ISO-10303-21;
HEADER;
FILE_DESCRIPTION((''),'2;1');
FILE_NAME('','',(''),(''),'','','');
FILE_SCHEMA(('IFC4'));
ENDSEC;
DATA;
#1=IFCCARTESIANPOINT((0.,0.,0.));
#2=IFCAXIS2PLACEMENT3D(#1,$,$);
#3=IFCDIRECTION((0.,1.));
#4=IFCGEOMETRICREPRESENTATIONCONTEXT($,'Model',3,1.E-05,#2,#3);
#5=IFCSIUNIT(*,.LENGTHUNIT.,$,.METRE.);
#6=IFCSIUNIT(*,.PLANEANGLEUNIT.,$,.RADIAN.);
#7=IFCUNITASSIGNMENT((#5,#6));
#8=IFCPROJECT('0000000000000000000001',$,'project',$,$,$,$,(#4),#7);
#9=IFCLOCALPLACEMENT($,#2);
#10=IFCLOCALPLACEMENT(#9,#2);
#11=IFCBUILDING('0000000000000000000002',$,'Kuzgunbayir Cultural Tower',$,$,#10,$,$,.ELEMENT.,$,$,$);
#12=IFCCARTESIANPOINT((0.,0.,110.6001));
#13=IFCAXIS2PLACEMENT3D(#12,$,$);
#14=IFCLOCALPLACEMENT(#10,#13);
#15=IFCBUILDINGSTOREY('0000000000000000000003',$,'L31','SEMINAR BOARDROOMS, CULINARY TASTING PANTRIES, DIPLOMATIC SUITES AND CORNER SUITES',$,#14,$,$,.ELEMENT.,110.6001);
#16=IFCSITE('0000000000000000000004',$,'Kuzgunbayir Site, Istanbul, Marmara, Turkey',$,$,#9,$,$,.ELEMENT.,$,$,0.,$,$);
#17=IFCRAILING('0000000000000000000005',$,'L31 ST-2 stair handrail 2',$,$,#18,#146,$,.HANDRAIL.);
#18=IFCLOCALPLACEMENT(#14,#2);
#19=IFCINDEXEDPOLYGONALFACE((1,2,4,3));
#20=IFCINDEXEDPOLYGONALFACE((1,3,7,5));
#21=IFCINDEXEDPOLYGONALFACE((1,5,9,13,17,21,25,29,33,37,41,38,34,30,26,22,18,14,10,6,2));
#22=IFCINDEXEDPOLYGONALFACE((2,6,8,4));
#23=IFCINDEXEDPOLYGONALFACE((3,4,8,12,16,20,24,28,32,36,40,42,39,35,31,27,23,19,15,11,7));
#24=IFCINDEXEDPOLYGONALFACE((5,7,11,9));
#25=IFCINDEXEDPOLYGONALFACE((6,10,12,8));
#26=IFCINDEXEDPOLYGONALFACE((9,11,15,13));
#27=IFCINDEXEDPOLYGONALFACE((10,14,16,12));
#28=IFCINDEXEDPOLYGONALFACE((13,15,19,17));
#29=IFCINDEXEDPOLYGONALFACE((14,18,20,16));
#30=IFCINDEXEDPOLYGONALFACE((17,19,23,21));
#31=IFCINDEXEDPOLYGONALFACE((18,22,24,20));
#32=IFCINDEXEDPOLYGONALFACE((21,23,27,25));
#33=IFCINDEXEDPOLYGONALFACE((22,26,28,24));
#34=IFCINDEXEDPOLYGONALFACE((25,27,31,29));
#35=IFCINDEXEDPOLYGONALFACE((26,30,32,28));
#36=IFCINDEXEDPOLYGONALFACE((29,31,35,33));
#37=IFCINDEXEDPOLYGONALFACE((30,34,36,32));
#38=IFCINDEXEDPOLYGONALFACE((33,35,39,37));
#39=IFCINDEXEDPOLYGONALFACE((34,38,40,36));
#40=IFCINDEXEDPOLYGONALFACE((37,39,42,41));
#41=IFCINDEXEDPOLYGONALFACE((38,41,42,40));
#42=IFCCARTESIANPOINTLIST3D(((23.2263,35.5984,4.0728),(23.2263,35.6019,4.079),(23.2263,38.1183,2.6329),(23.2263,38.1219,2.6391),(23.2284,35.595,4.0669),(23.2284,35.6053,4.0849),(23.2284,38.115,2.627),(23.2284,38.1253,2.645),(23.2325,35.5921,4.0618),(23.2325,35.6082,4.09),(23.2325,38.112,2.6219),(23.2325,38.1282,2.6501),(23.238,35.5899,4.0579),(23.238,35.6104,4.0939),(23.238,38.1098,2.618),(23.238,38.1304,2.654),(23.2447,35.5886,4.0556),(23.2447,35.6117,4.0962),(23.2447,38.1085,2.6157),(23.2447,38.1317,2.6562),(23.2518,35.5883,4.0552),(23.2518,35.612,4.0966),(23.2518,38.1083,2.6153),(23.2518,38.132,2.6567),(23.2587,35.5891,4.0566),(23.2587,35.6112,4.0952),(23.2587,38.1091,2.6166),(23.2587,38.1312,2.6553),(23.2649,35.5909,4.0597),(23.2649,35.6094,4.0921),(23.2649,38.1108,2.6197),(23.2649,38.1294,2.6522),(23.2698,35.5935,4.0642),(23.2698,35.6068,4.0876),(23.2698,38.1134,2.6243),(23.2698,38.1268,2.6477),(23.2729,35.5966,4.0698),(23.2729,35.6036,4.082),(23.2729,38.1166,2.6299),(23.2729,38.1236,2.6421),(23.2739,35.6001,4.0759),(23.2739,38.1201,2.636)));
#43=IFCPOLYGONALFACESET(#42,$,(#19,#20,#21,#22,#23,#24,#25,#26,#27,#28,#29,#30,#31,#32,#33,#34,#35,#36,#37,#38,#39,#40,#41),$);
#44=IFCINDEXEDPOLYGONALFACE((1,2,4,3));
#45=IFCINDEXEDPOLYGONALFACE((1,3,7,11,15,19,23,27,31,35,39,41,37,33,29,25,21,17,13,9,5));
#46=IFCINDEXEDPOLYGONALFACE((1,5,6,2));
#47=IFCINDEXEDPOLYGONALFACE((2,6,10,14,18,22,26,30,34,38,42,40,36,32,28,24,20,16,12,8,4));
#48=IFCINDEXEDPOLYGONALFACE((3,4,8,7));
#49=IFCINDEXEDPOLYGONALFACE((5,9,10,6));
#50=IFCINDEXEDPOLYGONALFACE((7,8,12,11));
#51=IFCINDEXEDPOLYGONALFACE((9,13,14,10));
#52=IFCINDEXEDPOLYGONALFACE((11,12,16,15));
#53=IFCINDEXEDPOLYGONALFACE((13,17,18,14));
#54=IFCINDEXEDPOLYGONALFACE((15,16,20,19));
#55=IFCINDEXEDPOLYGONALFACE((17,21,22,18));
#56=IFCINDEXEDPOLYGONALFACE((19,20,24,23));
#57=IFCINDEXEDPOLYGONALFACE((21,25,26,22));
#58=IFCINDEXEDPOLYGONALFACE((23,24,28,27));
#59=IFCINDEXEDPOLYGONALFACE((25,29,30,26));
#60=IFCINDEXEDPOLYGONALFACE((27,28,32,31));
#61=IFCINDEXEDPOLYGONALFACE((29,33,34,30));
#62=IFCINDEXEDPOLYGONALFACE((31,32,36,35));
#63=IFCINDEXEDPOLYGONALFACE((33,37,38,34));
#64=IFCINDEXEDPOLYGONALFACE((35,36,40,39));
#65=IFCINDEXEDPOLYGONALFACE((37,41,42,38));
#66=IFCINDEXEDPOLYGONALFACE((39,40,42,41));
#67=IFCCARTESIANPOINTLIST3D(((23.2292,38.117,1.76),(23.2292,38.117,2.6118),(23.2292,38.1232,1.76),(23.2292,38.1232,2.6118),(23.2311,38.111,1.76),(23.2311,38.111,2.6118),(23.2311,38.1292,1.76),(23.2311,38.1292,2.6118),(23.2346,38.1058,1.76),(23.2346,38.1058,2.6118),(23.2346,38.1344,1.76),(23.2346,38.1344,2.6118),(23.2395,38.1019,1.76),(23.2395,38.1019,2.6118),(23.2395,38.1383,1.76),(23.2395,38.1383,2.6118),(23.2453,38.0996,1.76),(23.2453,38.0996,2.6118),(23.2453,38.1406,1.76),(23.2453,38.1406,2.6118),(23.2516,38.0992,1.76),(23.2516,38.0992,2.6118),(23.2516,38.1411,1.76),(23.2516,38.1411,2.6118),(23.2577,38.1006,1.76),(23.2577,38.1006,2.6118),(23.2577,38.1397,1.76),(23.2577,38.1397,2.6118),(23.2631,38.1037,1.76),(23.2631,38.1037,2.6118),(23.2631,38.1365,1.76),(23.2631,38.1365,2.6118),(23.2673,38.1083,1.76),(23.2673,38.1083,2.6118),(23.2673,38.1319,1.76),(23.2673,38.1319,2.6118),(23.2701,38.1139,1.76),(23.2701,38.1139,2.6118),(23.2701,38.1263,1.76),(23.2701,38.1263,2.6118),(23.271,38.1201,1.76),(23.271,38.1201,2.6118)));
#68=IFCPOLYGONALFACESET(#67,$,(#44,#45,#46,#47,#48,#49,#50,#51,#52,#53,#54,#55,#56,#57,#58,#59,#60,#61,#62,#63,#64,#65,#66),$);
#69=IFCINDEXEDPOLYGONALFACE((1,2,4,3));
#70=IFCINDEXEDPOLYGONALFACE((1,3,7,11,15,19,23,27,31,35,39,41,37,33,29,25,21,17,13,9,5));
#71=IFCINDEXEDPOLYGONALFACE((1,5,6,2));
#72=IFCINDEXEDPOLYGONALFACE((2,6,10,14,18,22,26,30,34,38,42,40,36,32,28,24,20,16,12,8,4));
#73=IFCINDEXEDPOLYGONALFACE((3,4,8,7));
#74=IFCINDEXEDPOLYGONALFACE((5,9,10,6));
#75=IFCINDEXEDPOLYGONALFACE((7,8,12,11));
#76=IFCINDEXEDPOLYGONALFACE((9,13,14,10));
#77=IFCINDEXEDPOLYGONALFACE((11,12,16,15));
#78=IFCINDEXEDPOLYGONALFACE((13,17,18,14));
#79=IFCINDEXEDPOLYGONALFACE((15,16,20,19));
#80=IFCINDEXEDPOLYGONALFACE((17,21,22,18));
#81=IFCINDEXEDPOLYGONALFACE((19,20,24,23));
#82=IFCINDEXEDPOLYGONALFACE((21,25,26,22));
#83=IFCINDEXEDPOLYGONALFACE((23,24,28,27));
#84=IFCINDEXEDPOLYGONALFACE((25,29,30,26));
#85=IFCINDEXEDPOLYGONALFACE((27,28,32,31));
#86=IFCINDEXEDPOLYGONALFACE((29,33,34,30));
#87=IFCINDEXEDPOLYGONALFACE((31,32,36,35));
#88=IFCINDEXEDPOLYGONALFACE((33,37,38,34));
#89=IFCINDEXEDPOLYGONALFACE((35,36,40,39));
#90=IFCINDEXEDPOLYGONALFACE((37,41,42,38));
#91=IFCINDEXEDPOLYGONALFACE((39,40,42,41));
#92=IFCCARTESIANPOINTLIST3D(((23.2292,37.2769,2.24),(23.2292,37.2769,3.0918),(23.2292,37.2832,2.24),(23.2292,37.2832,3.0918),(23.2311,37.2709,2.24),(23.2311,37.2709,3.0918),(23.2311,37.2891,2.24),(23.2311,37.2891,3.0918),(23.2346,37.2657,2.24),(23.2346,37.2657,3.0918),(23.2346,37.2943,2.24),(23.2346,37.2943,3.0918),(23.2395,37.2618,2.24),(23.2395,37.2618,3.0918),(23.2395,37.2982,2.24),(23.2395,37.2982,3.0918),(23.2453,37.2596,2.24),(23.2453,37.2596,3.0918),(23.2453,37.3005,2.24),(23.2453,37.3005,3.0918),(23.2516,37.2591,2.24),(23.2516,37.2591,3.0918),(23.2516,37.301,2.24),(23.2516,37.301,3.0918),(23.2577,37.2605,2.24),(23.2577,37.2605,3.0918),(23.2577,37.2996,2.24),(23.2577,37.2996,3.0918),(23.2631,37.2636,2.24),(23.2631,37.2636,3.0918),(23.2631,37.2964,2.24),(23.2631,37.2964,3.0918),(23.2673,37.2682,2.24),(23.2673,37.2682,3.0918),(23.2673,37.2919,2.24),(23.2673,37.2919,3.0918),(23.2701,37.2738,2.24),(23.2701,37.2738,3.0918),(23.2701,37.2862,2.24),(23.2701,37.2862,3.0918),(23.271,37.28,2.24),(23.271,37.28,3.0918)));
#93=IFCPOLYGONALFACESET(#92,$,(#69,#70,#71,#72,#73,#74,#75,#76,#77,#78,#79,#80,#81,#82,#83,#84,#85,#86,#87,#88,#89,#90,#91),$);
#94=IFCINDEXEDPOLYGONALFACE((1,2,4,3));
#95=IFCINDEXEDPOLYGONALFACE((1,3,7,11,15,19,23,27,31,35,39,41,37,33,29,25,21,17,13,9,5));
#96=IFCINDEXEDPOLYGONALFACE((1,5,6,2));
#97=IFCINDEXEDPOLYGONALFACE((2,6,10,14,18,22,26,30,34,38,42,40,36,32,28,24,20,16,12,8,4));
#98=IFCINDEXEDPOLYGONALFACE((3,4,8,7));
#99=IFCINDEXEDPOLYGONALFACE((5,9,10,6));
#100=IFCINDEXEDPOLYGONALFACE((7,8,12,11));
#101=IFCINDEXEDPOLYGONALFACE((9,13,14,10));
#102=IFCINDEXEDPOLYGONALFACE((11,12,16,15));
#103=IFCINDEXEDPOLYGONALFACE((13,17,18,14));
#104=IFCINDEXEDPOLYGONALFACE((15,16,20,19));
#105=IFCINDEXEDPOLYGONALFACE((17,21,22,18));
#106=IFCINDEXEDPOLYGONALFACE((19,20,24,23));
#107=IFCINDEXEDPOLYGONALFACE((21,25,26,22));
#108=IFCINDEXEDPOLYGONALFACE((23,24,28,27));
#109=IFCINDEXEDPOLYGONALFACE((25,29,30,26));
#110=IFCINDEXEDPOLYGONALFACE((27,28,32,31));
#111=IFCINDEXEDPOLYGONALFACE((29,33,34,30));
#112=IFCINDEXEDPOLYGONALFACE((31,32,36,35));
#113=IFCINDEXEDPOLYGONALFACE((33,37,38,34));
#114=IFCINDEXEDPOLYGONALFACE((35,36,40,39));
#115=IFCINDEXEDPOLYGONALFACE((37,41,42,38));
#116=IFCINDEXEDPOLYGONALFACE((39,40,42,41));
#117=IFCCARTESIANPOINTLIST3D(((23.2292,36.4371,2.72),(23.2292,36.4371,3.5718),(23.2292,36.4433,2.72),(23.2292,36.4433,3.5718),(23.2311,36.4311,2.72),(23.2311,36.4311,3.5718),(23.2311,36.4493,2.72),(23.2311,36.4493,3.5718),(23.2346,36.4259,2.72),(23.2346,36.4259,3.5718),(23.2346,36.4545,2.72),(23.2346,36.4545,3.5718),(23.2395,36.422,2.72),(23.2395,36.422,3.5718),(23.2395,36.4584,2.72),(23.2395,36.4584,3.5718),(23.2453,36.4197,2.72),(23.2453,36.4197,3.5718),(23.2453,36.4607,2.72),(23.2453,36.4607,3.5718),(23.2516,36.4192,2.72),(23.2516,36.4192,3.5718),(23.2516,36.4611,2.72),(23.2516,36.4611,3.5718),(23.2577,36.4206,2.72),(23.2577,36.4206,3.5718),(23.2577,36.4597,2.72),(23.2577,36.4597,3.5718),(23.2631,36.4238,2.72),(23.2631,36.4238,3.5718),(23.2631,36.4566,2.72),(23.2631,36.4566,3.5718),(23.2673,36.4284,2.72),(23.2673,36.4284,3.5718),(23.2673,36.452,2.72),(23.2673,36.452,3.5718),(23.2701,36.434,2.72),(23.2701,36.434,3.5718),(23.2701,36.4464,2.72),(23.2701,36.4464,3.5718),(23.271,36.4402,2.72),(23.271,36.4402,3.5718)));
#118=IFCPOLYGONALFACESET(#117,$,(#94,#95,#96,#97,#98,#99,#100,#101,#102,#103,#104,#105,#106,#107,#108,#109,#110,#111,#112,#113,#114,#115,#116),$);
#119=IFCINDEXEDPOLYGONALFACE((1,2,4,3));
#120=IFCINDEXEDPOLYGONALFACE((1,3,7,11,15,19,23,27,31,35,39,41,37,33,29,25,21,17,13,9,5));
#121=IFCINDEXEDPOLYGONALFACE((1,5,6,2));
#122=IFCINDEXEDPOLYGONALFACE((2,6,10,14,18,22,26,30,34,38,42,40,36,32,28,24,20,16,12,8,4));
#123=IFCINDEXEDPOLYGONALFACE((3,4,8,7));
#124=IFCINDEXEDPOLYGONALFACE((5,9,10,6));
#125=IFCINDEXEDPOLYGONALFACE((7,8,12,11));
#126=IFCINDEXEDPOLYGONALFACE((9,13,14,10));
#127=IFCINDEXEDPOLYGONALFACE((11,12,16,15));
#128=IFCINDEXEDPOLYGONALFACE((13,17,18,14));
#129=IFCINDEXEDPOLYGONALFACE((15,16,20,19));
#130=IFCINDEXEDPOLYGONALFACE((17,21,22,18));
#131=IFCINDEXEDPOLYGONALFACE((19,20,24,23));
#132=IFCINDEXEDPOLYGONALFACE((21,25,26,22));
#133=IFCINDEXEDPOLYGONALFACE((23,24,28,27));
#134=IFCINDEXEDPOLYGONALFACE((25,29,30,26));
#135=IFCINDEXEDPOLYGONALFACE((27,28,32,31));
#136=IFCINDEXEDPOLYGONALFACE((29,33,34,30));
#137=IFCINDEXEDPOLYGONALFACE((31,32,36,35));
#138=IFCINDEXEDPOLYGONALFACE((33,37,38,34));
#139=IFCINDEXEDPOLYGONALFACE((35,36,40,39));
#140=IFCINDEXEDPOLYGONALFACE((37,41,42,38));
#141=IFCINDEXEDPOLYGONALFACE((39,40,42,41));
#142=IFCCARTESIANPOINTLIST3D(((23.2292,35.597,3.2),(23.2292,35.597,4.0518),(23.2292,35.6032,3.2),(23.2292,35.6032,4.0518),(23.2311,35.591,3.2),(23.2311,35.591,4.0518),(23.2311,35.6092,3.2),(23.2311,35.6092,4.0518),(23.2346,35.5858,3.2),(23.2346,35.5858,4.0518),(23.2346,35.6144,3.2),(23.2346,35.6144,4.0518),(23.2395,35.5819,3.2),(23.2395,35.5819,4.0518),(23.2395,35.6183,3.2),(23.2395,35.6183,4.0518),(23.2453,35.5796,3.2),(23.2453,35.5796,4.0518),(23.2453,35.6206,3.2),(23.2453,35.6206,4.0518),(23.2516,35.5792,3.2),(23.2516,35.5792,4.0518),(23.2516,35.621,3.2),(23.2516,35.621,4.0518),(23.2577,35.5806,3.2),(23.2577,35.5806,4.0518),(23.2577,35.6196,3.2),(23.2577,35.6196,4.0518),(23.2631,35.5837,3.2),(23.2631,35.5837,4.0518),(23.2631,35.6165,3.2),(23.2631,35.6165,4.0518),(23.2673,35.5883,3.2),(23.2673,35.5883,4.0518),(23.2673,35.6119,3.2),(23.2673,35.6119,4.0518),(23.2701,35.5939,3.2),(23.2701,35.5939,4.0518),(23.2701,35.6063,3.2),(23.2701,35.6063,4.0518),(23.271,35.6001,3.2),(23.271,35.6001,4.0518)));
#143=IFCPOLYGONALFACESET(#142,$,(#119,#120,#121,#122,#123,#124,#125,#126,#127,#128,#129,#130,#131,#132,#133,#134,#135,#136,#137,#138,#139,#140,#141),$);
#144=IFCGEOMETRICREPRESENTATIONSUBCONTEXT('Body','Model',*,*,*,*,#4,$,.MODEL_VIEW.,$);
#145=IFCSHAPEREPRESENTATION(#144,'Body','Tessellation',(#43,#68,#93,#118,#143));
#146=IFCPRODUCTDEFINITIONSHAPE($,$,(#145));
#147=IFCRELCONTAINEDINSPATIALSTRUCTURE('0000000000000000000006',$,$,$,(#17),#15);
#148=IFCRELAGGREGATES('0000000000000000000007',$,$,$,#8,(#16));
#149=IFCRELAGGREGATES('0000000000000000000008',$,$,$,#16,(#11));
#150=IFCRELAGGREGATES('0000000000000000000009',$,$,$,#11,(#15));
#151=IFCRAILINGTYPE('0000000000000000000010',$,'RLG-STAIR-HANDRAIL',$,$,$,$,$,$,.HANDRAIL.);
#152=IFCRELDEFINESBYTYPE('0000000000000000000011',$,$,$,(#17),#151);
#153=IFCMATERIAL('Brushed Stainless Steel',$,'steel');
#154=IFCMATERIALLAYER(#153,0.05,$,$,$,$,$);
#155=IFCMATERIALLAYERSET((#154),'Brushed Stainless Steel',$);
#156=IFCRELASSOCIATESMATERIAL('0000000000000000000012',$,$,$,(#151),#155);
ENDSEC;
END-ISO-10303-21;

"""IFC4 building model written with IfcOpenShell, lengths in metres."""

from ifc_helpers import new_model, si_unit, direction, frame, origin, origin_2d, place, context, subcontext, project, spatial, circle, extrude, material, layer, layer_set, type_object, element, save


model = new_model("IFC4")

# Units and contexts
model_context = context("Model", 3, precision=1e-05, world=origin(), true_north=direction((0.0, 1.0)))
body_context = subcontext(model_context, "Body", "Model", "MODEL_VIEW")
ifc_project = project(units=[si_unit("LENGTHUNIT", "METRE"), si_unit("PLANEANGLEUNIT", "RADIAN")], contexts=[model_context])

# Site, building, storey
site_placement = place(None, origin())
site = spatial("IfcSite", under=ifc_project, at=site_placement, Name="Kuzgunbayir Site, Istanbul, Marmara, Turkey", CompositionType="ELEMENT", RefElevation=0.0)
building_placement = place(site_placement, origin())
building = spatial("IfcBuilding", under=site, at=building_placement, Name="Kuzgunbayir Cultural Tower", CompositionType="ELEMENT")
storey_placement = place(building_placement, frame((0.0, 0.0, 110.6001)))
storey = spatial("IfcBuildingStorey", under=building, at=storey_placement, Name="L31", Description="SEMINAR BOARDROOMS, CULINARY TASTING PANTRIES, DIPLOMATIC SUITES AND CORNER SUITES", CompositionType="ELEMENT", Elevation=110.6001)

# Shared definitions
ifc_material_1 = material(Name="Brushed Stainless Steel", Category="steel")

# Railing
ifc_layer_1 = layer(ifc_material_1, 0.05)
ifc_layer_set_1 = layer_set([ifc_layer_1], Name="Brushed Stainless Steel")
railing_type_1 = type_object("IfcRailingType", Name="RLG-STAIR-HANDRAIL", PredefinedType="HANDRAIL", material=ifc_layer_set_1)
railing_1_placement = place(storey_placement, frame((23.25, 38.1201, 1.76)))
element("IfcRailing", 1, at=railing_1_placement, inside=storey, type_object=railing_type_1, Name="L31 ST-2 stair handrail 2", PredefinedType="HANDRAIL", context=body_context, shape_type="SweptSolid", body=[
    extrude(circle(Radius=0.0239, at=origin_2d()), frame((0.0, 0.0, 0.876), z_axis=(0.0, -0.868253, 0.496121), x_axis=(1.0, 0.0, 0.0)), (0.0, 0.0, 1.0), 2.9023),
    extrude(circle(Radius=0.021, at=origin_2d()), origin(), (0.0, 0.0, 1.0), 0.8518),
    extrude(circle(Radius=0.021, at=origin_2d()), frame((0.0, -0.8401, 0.48)), (0.0, 0.0, 1.0), 0.8518),
    extrude(circle(Radius=0.021, at=origin_2d()), frame((0.0, -1.6799, 0.96)), (0.0, 0.0, 1.0), 0.8518),
    extrude(circle(Radius=0.021, at=origin_2d()), frame((0.0, -2.52, 1.4399)), (0.0, 0.0, 1.0), 0.8518),
])

save(model, "model.ifc")
